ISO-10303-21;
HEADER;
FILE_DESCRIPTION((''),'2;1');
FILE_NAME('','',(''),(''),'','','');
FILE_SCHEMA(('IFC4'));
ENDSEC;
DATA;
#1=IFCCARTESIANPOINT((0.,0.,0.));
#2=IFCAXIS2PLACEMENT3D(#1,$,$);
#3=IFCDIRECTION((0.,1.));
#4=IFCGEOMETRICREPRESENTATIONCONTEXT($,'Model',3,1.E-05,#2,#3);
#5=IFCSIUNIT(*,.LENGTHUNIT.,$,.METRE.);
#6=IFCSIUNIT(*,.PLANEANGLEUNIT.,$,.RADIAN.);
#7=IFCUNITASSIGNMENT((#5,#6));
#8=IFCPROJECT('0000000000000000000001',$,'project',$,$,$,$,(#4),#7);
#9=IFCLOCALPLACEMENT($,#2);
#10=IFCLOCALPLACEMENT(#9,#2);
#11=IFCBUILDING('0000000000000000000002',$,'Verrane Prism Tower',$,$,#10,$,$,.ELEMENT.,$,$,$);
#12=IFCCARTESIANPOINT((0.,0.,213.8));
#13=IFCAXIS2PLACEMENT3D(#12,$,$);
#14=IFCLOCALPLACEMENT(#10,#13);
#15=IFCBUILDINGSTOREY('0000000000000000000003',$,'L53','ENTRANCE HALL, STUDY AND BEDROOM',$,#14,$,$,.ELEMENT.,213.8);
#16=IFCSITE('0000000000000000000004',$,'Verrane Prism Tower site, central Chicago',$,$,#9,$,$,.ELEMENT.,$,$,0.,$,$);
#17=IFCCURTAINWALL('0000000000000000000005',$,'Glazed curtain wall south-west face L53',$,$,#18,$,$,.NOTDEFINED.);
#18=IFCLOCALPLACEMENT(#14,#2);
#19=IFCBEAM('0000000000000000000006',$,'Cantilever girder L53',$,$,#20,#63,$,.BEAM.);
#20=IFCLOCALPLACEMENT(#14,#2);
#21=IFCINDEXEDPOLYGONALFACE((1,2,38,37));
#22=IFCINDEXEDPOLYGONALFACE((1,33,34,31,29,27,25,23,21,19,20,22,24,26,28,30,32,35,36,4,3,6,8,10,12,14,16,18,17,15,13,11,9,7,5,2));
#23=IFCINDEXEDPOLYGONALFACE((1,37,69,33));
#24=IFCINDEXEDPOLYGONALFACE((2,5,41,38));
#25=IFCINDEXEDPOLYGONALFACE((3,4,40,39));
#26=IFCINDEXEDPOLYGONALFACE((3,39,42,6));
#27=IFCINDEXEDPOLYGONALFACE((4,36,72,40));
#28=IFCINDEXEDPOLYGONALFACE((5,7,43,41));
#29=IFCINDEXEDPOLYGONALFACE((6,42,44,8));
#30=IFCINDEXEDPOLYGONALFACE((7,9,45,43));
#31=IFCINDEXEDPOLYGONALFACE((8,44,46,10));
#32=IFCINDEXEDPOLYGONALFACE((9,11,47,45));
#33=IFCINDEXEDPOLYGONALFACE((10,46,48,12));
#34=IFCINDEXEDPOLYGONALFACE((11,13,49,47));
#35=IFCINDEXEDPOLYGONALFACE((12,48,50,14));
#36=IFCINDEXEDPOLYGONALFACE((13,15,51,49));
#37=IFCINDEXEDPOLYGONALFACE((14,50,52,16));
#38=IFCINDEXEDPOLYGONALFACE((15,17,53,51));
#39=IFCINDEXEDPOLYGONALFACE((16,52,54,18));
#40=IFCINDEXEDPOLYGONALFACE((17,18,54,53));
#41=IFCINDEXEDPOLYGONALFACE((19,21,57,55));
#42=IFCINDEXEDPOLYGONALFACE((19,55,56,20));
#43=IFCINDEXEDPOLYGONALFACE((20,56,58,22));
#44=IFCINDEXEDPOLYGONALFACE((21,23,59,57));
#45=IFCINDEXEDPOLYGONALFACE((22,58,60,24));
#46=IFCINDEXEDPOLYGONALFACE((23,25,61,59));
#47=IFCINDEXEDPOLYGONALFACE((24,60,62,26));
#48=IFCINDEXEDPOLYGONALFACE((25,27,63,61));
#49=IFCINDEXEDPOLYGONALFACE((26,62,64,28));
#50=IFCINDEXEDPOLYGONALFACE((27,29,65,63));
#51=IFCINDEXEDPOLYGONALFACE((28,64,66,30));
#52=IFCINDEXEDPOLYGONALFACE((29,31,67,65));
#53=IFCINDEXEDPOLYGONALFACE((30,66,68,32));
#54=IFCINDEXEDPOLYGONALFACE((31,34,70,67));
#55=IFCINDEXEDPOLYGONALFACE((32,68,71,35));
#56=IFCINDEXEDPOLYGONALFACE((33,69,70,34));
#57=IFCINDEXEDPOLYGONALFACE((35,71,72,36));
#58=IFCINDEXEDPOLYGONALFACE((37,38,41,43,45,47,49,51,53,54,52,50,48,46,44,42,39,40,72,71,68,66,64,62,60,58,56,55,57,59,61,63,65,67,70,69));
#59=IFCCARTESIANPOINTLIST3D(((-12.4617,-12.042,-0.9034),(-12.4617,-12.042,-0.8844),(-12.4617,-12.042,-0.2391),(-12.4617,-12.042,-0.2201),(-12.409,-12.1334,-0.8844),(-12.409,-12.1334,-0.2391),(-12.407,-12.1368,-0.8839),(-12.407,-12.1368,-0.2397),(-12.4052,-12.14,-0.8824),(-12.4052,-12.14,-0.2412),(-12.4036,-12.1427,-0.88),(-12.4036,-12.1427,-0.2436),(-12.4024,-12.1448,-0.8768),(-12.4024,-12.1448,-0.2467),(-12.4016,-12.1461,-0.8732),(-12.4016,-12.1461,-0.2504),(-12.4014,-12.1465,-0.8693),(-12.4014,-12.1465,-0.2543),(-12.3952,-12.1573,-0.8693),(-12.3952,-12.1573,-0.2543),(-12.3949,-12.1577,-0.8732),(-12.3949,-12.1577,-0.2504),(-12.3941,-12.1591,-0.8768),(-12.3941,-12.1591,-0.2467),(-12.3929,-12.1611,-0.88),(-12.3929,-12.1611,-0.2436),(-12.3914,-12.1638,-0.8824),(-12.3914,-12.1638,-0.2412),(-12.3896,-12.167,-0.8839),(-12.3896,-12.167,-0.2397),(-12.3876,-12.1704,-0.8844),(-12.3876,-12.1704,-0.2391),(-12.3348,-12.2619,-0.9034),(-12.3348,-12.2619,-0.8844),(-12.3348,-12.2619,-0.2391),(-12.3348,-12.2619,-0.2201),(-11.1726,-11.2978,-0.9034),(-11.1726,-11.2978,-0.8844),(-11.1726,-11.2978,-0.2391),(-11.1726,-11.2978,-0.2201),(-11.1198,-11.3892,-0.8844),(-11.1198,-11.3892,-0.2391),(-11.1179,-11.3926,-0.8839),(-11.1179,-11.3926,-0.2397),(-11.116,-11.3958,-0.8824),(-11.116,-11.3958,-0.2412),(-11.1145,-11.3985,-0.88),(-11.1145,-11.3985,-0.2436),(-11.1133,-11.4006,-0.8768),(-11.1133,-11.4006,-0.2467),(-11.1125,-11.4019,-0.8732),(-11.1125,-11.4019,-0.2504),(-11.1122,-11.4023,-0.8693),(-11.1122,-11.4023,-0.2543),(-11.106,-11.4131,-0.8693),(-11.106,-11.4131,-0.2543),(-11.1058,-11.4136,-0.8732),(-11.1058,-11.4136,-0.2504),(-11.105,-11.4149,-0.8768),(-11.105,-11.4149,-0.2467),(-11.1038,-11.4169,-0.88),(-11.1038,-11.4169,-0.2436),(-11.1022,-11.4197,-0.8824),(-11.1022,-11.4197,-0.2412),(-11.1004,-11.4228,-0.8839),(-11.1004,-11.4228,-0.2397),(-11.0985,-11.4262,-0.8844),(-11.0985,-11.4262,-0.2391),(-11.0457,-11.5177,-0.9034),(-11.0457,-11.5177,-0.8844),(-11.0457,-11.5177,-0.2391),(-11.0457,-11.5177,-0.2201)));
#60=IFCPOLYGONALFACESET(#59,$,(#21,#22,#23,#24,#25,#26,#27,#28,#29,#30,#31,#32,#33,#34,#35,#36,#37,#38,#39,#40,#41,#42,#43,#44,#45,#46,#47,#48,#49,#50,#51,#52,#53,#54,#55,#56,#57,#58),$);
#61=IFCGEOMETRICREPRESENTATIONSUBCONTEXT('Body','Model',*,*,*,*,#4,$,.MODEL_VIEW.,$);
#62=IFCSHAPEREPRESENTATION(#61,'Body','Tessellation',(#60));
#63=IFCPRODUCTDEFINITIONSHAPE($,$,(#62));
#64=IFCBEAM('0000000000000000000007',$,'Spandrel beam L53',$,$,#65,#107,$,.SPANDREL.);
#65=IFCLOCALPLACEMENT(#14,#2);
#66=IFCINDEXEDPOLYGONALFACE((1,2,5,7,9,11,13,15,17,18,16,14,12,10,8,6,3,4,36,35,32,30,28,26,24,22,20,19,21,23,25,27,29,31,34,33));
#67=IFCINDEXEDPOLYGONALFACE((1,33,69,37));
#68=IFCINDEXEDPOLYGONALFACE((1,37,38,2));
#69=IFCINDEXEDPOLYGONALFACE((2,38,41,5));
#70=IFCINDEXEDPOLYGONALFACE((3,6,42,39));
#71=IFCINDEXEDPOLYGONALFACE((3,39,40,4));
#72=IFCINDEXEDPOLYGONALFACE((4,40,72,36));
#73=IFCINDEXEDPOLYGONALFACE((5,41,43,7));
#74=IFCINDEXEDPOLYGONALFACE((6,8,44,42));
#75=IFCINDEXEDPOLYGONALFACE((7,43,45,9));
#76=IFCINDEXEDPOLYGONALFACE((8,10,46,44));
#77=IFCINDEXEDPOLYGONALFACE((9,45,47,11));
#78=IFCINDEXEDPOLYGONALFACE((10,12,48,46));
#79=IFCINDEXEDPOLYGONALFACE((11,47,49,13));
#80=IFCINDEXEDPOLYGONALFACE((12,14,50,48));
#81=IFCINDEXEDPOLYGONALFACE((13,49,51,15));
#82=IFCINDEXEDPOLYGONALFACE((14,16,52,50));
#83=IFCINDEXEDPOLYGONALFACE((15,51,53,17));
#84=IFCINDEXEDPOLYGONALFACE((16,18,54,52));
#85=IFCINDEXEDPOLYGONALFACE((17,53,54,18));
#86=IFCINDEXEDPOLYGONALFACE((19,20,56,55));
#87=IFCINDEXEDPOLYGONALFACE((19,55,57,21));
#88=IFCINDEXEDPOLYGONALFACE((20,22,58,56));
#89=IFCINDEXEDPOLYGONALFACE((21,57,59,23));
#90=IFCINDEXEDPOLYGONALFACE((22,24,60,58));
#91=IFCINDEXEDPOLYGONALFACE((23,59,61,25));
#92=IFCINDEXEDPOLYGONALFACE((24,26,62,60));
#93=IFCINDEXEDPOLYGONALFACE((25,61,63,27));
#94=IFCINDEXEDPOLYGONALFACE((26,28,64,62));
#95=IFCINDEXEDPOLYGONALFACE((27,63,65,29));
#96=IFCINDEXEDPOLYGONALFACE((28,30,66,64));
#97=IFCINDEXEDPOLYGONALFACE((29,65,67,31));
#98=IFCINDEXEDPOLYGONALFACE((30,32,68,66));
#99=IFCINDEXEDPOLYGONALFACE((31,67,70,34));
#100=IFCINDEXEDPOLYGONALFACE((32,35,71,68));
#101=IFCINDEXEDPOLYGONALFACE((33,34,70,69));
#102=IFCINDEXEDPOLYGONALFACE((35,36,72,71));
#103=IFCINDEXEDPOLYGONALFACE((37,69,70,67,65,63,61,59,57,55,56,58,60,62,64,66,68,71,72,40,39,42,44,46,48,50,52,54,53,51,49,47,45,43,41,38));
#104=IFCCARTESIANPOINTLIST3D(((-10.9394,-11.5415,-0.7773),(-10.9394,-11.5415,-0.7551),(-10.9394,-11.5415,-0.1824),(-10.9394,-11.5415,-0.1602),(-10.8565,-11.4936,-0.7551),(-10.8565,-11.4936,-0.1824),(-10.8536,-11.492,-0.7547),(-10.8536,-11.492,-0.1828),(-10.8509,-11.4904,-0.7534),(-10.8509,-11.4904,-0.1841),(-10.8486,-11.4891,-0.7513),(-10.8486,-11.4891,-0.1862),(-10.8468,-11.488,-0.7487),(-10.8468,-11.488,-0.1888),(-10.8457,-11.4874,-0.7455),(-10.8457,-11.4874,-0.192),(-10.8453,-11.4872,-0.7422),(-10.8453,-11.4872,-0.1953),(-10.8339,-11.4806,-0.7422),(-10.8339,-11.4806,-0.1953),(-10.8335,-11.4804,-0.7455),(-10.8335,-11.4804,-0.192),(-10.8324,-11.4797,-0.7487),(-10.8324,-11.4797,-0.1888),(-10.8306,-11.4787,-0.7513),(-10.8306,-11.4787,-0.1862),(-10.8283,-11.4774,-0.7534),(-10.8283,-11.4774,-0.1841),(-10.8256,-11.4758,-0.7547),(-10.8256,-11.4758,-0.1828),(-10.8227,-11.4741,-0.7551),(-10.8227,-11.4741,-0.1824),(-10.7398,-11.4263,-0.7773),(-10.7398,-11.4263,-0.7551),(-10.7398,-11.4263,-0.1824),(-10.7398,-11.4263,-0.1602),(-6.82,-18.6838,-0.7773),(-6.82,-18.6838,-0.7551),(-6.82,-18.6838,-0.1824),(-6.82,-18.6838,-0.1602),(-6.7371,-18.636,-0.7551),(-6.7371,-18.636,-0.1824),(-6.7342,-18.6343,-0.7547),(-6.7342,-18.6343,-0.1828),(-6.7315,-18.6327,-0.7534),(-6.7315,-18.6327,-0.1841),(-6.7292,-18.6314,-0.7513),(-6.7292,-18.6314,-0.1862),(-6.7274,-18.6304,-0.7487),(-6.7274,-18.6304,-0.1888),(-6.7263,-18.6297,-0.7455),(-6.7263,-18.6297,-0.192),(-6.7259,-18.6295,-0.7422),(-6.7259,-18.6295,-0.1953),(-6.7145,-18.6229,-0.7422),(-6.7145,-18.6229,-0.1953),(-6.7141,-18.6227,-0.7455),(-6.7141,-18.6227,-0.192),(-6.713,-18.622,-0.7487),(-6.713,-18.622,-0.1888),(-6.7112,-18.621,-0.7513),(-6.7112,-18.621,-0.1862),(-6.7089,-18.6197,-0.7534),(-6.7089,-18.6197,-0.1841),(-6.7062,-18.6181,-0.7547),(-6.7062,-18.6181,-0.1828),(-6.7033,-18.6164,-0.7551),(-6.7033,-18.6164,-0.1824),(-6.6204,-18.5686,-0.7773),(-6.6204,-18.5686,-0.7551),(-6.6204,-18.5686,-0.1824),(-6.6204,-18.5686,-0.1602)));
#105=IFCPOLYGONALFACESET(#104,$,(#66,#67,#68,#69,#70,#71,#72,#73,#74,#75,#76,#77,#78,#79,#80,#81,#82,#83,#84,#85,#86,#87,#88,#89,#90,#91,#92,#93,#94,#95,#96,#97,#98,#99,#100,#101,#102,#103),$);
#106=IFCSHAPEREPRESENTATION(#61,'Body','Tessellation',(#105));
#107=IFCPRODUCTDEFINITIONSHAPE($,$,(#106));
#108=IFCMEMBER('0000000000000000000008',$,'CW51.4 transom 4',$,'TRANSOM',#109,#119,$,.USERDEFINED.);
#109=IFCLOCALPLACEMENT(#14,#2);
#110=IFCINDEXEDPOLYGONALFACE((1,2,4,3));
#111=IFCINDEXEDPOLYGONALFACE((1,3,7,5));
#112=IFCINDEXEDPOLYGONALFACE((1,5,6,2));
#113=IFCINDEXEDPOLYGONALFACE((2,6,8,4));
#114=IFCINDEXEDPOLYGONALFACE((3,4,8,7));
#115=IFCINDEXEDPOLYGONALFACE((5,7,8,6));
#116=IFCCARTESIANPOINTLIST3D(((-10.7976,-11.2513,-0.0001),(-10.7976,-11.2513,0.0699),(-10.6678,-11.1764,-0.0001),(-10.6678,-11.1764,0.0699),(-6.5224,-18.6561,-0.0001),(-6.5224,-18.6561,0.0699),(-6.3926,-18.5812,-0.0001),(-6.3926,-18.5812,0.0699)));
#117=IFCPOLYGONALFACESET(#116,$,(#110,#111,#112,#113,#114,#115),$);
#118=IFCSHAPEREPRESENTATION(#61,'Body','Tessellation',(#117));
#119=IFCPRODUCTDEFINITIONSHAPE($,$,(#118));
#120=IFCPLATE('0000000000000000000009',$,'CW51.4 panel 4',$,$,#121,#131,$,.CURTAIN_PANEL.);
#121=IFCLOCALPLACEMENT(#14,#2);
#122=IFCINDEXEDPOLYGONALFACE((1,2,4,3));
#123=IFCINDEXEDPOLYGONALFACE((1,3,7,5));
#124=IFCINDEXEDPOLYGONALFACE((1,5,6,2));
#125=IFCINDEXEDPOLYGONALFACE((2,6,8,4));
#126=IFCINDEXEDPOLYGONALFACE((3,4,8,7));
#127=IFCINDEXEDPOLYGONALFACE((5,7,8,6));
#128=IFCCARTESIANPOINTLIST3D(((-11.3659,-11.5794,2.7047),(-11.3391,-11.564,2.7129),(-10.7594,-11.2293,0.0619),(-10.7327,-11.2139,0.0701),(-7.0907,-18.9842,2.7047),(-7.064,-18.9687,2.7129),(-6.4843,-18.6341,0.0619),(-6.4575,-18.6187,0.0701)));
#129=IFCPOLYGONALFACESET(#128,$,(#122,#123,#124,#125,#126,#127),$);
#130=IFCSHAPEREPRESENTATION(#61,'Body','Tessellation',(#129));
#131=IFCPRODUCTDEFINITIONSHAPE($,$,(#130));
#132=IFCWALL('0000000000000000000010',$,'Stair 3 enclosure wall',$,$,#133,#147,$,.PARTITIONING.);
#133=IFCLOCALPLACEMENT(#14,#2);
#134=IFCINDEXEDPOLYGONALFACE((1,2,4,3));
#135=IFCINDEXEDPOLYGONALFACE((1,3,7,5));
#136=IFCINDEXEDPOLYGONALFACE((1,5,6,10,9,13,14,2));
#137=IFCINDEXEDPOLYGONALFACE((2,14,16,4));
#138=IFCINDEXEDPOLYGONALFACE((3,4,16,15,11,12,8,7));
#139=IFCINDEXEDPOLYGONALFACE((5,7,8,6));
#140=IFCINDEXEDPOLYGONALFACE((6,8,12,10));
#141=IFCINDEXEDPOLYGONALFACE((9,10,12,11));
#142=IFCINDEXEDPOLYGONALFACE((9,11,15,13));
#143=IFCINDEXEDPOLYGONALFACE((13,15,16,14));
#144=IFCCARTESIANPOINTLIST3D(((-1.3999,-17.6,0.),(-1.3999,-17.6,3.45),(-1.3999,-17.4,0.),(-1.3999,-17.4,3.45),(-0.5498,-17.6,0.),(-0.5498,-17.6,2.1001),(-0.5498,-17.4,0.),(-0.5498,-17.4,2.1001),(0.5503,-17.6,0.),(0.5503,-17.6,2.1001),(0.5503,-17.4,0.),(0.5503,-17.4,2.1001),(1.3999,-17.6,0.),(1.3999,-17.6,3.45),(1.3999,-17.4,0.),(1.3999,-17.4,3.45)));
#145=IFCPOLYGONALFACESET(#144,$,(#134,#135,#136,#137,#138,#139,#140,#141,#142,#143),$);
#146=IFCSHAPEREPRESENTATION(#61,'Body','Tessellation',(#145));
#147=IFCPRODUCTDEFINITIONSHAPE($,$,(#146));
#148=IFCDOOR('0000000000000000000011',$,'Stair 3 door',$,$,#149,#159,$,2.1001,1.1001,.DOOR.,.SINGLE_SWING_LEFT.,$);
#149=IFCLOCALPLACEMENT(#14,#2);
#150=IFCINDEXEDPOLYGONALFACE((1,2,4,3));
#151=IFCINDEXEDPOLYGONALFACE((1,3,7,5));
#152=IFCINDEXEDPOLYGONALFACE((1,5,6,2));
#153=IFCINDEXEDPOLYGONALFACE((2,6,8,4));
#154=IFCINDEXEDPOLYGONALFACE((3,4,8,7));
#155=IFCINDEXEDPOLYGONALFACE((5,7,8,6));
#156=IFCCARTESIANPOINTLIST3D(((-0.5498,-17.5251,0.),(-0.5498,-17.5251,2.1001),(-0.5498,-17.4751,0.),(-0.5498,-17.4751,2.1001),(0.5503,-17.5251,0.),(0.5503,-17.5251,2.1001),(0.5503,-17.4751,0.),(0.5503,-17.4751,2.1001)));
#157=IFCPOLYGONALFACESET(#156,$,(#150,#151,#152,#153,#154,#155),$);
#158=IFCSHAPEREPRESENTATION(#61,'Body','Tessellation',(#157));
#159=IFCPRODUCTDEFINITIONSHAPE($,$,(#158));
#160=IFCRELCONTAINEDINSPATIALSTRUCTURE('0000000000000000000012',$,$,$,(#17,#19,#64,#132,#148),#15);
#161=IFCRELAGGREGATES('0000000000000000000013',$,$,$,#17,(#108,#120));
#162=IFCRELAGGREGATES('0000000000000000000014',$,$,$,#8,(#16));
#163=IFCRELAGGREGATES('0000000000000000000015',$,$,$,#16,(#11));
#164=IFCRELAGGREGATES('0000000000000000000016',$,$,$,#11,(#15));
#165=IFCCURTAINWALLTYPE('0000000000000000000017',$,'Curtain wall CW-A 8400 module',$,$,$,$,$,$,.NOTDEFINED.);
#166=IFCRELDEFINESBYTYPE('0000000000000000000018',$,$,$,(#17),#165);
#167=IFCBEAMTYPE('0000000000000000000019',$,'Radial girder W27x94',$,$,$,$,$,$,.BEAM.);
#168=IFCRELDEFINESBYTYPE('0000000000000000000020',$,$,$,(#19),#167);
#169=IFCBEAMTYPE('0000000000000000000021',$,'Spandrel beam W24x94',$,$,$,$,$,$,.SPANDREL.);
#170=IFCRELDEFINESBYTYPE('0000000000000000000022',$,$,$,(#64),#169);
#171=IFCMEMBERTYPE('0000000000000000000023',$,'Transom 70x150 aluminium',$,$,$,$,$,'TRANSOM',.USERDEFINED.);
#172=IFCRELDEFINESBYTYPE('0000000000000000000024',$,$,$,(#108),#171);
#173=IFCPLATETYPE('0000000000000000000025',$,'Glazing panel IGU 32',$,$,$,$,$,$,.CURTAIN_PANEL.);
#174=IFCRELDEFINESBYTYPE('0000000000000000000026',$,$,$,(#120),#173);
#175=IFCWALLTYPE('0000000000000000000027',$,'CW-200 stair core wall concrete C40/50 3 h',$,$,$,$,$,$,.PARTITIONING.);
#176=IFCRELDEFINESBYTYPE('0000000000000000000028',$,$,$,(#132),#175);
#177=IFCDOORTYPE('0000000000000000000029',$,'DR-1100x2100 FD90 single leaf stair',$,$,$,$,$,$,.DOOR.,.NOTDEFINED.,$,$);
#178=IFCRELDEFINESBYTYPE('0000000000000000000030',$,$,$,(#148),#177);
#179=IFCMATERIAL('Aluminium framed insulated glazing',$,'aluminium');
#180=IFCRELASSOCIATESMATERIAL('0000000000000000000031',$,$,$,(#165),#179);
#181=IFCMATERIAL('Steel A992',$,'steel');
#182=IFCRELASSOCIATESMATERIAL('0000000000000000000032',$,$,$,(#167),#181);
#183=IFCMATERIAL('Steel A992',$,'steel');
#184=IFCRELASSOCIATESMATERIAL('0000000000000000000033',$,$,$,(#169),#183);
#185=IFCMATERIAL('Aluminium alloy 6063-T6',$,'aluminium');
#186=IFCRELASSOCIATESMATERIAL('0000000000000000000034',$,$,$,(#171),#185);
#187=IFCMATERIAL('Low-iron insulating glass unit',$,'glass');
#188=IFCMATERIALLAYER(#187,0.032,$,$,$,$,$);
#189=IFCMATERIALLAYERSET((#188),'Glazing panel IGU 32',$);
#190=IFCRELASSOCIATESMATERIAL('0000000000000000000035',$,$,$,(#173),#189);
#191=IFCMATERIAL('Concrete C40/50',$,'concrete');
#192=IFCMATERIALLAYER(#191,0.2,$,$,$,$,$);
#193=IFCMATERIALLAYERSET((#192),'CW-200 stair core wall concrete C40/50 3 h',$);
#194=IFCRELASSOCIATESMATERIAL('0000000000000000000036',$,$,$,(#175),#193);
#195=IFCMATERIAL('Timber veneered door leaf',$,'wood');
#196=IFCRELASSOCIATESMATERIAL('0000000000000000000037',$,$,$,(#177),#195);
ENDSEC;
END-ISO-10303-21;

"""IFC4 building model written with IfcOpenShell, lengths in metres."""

from ifc_helpers import new_model, si_unit, direction, frame, frame_2d, origin, origin_2d, place, context, subcontext, project, spatial, polyline, rectangle, i_section, outline, extrude, material, layer, layer_set, material_profile, profile_set, type_object, element, fill, aggregate, save


model = new_model("IFC4")

# Units and contexts
model_context = context("Model", 3, precision=1e-05, world=origin(), true_north=direction((0.0, 1.0)))
body_context = subcontext(model_context, "Body", "Model", "MODEL_VIEW")
ifc_project = project(units=[si_unit("LENGTHUNIT", "METRE"), si_unit("PLANEANGLEUNIT", "RADIAN")], contexts=[model_context])

# Site, building, storey
site_placement = place(None, origin())
site = spatial("IfcSite", under=ifc_project, at=site_placement, Name="Verrane Prism Tower site, central Chicago", CompositionType="ELEMENT", RefElevation=0.0)
building_placement = place(site_placement, origin())
building = spatial("IfcBuilding", under=site, at=building_placement, Name="Verrane Prism Tower", CompositionType="ELEMENT")
storey_placement = place(building_placement, frame((0.0, 0.0, 213.8)))
storey = spatial("IfcBuildingStorey", under=building, at=storey_placement, Name="L53", Description="ENTRANCE HALL, STUDY AND BEDROOM", CompositionType="ELEMENT", Elevation=213.8)

# Curtain wall
ifc_material_1 = material(Name="Aluminium framed insulated glazing", Category="aluminium")
curtain_wall_type = type_object("IfcCurtainWallType", Name="Curtain wall CW-A 8400 module", PredefinedType="NOTDEFINED", material=ifc_material_1)
curtain_wall_placement = place(storey_placement, origin())
curtain_wall = element("IfcCurtainWall", 1, at=curtain_wall_placement, inside=storey, type_object=curtain_wall_type, Name="Glazed curtain wall south-west face L53", PredefinedType="NOTDEFINED")

# Beams
ifc_material_2 = material(Name="Steel A992", Category="steel")
ifc_material_profile_1 = material_profile(ifc_material_2, i_section(OverallWidth=0.2539, OverallDepth=0.6833, WebThickness=0.0125, FlangeThickness=0.019, FilletRadius=0.0151, at=origin_2d()), Name="W27x94")
ifc_profile_set_1 = profile_set([ifc_material_profile_1], Name="Steel A992")
beam_type_1 = type_object("IfcBeamType", Name="Radial girder W27x94", PredefinedType="BEAM", material=ifc_profile_set_1)
beam_1_placement = place(storey_placement, frame((-11.1091, -11.4077, -0.5618), z_axis=(-0.866054, -0.49995, 0.0), x_axis=(0.49995, -0.866054, 0.0)))
element("IfcBeam", 2, at=beam_1_placement, inside=storey, type_object=beam_type_1, Name="Cantilever girder L53", PredefinedType="BEAM", context=body_context, shape_type="SweptSolid", body=[
    extrude(i_section(OverallWidth=0.2539, OverallDepth=0.6833, WebThickness=0.0125, FlangeThickness=0.019, FilletRadius=0.0151, at=origin_2d()), origin(), (0.0, 0.0, 1.0), 1.4885),
])
ifc_material_3 = material(Name="Steel A992", Category="steel")
ifc_material_profile_2 = material_profile(ifc_material_3, i_section(OverallWidth=0.2305, OverallDepth=0.6172, WebThickness=0.0132, FlangeThickness=0.0222, FilletRadius=0.0129, at=origin_2d()), Name="W24x94")
ifc_profile_set_2 = profile_set([ifc_material_profile_2], Name="Steel A992")
beam_type_2 = type_object("IfcBeamType", Name="Spandrel beam W24x94", PredefinedType="SPANDREL", material=ifc_profile_set_2)
beam_2_placement = place(storey_placement, frame((-10.8396, -11.4839, -0.4688), z_axis=(0.499614, -0.866248, 0.0), x_axis=(0.866248, 0.499614, 0.0)))
element("IfcBeam", 3, at=beam_2_placement, inside=storey, type_object=beam_type_2, Name="Spandrel beam L53", PredefinedType="SPANDREL", context=body_context, shape_type="SweptSolid", body=[
    extrude(i_section(OverallWidth=0.2305, OverallDepth=0.6172, WebThickness=0.0132, FlangeThickness=0.0222, FilletRadius=0.0129, at=origin_2d()), origin(), (0.0, 0.0, 1.0), 8.2451),
])

# Member
ifc_material_4 = material(Name="Aluminium alloy 6063-T6", Category="aluminium")
ifc_material_profile_3 = material_profile(ifc_material_4, rectangle(XDim=0.1499, YDim=0.0701, at=origin_2d()), Name="Transom 70x150 aluminium")
ifc_profile_set_3 = profile_set([ifc_material_profile_3], Name="Aluminium alloy 6063-T6")
member_type_1 = type_object("IfcMemberType", Name="Transom 70x150 aluminium", ElementType="TRANSOM", PredefinedType="USERDEFINED", material=ifc_profile_set_3)
member_1_placement = place(storey_placement, frame((-10.7327, -11.2139, 0.0349), z_axis=(0.499999, -0.866026, 0.0), x_axis=(0.866026, 0.499999, 0.0)))
member_1 = element("IfcMember", 4, at=member_1_placement, type_object=member_type_1, Name="CW51.4 transom 4", ObjectType="TRANSOM", PredefinedType="USERDEFINED", context=body_context, shape_type="SweptSolid", body=[
    extrude(rectangle(XDim=0.1499, YDim=0.0701, at=origin_2d()), origin(), (0.0, 0.0, 1.0), 8.5503),
])

# Plate
ifc_material_5 = material(Name="Low-iron insulating glass unit", Category="glass")
ifc_layer_1 = layer(ifc_material_5, 0.032)
ifc_layer_set_1 = layer_set([ifc_layer_1], Name="Glazing panel IGU 32")
plate_type = type_object("IfcPlateType", Name="Glazing panel IGU 32", PredefinedType="CURTAIN_PANEL", material=ifc_layer_set_1)
plate_placement = place(storey_placement, frame((-10.7327, -11.2139, 0.0701), z_axis=(0.837139, 0.483321, 0.256123), x_axis=(0.499999, -0.866026, 0.0)))
plate = element("IfcPlate", 5, at=plate_placement, type_object=plate_type, Name="CW51.4 panel 4", PredefinedType="CURTAIN_PANEL", context=body_context, shape_type="SweptSolid", body=[
    extrude(outline(polyline([(0.0, 0.0), (8.5503, 0.0), (8.5503, -2.734), (0.0, -2.734), (0.0, 0.0)])), origin(), (0.0, 0.0, -1.0), 0.032),
])
aggregate(curtain_wall, [member_1, plate])

# Wall, opening, door
ifc_material_6 = material(Name="Concrete C40/50", Category="concrete")
ifc_layer_2 = layer(ifc_material_6, 0.2)
ifc_layer_set_2 = layer_set([ifc_layer_2], Name="CW-200 stair core wall concrete C40/50 3 h")
wall_type_1 = type_object("IfcWallType", Name="CW-200 stair core wall concrete C40/50 3 h", PredefinedType="PARTITIONING", material=ifc_layer_set_2)
wall_1_placement = place(storey_placement, frame((-1.3999, -17.5, 0.0), z_axis=(0.0, 0.0, 1.0), x_axis=(1.0, 0.0, 0.0)))
wall_1 = element("IfcWall", 6, at=wall_1_placement, inside=storey, type_object=wall_type_1, Name="Stair 3 enclosure wall", PredefinedType="PARTITIONING", context=body_context, shape_type="SweptSolid", body=[
    extrude(rectangle(XDim=2.7998, YDim=0.2, at=frame_2d((1.3999, 0.0))), origin(), (0.0, 0.0, 1.0), 3.45),
])
opening_1_placement = place(wall_1_placement, frame((0.8501, 0.0, 0.0)))
opening_1 = element("IfcOpeningElement", 7, at=opening_1_placement, cuts=wall_1, PredefinedType="OPENING", context=body_context, shape_type="SweptSolid", body=[
    extrude(rectangle(XDim=1.1001, YDim=2.1001, at=frame_2d((0.55, 1.05))), frame((0.0, 0.1099, 0.0), z_axis=(0.0, -1.0, 0.0), x_axis=(1.0, 0.0, 0.0)), (0.0, 0.0, 1.0), 0.22),
])
ifc_material_7 = material(Name="Timber veneered door leaf", Category="wood")
door_type_1 = type_object("IfcDoorType", Name="DR-1100x2100 FD90 single leaf stair", OperationType="NOTDEFINED", PredefinedType="DOOR", material=ifc_material_7)
door_1_placement = place(opening_1_placement, origin())
door_1 = element("IfcDoor", 8, at=door_1_placement, inside=storey, type_object=door_type_1, Name="Stair 3 door", OperationType="SINGLE_SWING_LEFT", OverallHeight=2.1001, OverallWidth=1.1001, PredefinedType="DOOR", context=body_context, shape_type="SweptSolid", body=[
    extrude(rectangle(XDim=1.1001, YDim=2.1001, at=frame_2d((0.55, 1.05))), frame((0.0, 0.0249, 0.0), z_axis=(0.0, -1.0, 0.0), x_axis=(1.0, 0.0, 0.0)), (0.0, 0.0, 1.0), 0.05),
])
fill(opening_1, door_1)

save(model, "model.ifc")
